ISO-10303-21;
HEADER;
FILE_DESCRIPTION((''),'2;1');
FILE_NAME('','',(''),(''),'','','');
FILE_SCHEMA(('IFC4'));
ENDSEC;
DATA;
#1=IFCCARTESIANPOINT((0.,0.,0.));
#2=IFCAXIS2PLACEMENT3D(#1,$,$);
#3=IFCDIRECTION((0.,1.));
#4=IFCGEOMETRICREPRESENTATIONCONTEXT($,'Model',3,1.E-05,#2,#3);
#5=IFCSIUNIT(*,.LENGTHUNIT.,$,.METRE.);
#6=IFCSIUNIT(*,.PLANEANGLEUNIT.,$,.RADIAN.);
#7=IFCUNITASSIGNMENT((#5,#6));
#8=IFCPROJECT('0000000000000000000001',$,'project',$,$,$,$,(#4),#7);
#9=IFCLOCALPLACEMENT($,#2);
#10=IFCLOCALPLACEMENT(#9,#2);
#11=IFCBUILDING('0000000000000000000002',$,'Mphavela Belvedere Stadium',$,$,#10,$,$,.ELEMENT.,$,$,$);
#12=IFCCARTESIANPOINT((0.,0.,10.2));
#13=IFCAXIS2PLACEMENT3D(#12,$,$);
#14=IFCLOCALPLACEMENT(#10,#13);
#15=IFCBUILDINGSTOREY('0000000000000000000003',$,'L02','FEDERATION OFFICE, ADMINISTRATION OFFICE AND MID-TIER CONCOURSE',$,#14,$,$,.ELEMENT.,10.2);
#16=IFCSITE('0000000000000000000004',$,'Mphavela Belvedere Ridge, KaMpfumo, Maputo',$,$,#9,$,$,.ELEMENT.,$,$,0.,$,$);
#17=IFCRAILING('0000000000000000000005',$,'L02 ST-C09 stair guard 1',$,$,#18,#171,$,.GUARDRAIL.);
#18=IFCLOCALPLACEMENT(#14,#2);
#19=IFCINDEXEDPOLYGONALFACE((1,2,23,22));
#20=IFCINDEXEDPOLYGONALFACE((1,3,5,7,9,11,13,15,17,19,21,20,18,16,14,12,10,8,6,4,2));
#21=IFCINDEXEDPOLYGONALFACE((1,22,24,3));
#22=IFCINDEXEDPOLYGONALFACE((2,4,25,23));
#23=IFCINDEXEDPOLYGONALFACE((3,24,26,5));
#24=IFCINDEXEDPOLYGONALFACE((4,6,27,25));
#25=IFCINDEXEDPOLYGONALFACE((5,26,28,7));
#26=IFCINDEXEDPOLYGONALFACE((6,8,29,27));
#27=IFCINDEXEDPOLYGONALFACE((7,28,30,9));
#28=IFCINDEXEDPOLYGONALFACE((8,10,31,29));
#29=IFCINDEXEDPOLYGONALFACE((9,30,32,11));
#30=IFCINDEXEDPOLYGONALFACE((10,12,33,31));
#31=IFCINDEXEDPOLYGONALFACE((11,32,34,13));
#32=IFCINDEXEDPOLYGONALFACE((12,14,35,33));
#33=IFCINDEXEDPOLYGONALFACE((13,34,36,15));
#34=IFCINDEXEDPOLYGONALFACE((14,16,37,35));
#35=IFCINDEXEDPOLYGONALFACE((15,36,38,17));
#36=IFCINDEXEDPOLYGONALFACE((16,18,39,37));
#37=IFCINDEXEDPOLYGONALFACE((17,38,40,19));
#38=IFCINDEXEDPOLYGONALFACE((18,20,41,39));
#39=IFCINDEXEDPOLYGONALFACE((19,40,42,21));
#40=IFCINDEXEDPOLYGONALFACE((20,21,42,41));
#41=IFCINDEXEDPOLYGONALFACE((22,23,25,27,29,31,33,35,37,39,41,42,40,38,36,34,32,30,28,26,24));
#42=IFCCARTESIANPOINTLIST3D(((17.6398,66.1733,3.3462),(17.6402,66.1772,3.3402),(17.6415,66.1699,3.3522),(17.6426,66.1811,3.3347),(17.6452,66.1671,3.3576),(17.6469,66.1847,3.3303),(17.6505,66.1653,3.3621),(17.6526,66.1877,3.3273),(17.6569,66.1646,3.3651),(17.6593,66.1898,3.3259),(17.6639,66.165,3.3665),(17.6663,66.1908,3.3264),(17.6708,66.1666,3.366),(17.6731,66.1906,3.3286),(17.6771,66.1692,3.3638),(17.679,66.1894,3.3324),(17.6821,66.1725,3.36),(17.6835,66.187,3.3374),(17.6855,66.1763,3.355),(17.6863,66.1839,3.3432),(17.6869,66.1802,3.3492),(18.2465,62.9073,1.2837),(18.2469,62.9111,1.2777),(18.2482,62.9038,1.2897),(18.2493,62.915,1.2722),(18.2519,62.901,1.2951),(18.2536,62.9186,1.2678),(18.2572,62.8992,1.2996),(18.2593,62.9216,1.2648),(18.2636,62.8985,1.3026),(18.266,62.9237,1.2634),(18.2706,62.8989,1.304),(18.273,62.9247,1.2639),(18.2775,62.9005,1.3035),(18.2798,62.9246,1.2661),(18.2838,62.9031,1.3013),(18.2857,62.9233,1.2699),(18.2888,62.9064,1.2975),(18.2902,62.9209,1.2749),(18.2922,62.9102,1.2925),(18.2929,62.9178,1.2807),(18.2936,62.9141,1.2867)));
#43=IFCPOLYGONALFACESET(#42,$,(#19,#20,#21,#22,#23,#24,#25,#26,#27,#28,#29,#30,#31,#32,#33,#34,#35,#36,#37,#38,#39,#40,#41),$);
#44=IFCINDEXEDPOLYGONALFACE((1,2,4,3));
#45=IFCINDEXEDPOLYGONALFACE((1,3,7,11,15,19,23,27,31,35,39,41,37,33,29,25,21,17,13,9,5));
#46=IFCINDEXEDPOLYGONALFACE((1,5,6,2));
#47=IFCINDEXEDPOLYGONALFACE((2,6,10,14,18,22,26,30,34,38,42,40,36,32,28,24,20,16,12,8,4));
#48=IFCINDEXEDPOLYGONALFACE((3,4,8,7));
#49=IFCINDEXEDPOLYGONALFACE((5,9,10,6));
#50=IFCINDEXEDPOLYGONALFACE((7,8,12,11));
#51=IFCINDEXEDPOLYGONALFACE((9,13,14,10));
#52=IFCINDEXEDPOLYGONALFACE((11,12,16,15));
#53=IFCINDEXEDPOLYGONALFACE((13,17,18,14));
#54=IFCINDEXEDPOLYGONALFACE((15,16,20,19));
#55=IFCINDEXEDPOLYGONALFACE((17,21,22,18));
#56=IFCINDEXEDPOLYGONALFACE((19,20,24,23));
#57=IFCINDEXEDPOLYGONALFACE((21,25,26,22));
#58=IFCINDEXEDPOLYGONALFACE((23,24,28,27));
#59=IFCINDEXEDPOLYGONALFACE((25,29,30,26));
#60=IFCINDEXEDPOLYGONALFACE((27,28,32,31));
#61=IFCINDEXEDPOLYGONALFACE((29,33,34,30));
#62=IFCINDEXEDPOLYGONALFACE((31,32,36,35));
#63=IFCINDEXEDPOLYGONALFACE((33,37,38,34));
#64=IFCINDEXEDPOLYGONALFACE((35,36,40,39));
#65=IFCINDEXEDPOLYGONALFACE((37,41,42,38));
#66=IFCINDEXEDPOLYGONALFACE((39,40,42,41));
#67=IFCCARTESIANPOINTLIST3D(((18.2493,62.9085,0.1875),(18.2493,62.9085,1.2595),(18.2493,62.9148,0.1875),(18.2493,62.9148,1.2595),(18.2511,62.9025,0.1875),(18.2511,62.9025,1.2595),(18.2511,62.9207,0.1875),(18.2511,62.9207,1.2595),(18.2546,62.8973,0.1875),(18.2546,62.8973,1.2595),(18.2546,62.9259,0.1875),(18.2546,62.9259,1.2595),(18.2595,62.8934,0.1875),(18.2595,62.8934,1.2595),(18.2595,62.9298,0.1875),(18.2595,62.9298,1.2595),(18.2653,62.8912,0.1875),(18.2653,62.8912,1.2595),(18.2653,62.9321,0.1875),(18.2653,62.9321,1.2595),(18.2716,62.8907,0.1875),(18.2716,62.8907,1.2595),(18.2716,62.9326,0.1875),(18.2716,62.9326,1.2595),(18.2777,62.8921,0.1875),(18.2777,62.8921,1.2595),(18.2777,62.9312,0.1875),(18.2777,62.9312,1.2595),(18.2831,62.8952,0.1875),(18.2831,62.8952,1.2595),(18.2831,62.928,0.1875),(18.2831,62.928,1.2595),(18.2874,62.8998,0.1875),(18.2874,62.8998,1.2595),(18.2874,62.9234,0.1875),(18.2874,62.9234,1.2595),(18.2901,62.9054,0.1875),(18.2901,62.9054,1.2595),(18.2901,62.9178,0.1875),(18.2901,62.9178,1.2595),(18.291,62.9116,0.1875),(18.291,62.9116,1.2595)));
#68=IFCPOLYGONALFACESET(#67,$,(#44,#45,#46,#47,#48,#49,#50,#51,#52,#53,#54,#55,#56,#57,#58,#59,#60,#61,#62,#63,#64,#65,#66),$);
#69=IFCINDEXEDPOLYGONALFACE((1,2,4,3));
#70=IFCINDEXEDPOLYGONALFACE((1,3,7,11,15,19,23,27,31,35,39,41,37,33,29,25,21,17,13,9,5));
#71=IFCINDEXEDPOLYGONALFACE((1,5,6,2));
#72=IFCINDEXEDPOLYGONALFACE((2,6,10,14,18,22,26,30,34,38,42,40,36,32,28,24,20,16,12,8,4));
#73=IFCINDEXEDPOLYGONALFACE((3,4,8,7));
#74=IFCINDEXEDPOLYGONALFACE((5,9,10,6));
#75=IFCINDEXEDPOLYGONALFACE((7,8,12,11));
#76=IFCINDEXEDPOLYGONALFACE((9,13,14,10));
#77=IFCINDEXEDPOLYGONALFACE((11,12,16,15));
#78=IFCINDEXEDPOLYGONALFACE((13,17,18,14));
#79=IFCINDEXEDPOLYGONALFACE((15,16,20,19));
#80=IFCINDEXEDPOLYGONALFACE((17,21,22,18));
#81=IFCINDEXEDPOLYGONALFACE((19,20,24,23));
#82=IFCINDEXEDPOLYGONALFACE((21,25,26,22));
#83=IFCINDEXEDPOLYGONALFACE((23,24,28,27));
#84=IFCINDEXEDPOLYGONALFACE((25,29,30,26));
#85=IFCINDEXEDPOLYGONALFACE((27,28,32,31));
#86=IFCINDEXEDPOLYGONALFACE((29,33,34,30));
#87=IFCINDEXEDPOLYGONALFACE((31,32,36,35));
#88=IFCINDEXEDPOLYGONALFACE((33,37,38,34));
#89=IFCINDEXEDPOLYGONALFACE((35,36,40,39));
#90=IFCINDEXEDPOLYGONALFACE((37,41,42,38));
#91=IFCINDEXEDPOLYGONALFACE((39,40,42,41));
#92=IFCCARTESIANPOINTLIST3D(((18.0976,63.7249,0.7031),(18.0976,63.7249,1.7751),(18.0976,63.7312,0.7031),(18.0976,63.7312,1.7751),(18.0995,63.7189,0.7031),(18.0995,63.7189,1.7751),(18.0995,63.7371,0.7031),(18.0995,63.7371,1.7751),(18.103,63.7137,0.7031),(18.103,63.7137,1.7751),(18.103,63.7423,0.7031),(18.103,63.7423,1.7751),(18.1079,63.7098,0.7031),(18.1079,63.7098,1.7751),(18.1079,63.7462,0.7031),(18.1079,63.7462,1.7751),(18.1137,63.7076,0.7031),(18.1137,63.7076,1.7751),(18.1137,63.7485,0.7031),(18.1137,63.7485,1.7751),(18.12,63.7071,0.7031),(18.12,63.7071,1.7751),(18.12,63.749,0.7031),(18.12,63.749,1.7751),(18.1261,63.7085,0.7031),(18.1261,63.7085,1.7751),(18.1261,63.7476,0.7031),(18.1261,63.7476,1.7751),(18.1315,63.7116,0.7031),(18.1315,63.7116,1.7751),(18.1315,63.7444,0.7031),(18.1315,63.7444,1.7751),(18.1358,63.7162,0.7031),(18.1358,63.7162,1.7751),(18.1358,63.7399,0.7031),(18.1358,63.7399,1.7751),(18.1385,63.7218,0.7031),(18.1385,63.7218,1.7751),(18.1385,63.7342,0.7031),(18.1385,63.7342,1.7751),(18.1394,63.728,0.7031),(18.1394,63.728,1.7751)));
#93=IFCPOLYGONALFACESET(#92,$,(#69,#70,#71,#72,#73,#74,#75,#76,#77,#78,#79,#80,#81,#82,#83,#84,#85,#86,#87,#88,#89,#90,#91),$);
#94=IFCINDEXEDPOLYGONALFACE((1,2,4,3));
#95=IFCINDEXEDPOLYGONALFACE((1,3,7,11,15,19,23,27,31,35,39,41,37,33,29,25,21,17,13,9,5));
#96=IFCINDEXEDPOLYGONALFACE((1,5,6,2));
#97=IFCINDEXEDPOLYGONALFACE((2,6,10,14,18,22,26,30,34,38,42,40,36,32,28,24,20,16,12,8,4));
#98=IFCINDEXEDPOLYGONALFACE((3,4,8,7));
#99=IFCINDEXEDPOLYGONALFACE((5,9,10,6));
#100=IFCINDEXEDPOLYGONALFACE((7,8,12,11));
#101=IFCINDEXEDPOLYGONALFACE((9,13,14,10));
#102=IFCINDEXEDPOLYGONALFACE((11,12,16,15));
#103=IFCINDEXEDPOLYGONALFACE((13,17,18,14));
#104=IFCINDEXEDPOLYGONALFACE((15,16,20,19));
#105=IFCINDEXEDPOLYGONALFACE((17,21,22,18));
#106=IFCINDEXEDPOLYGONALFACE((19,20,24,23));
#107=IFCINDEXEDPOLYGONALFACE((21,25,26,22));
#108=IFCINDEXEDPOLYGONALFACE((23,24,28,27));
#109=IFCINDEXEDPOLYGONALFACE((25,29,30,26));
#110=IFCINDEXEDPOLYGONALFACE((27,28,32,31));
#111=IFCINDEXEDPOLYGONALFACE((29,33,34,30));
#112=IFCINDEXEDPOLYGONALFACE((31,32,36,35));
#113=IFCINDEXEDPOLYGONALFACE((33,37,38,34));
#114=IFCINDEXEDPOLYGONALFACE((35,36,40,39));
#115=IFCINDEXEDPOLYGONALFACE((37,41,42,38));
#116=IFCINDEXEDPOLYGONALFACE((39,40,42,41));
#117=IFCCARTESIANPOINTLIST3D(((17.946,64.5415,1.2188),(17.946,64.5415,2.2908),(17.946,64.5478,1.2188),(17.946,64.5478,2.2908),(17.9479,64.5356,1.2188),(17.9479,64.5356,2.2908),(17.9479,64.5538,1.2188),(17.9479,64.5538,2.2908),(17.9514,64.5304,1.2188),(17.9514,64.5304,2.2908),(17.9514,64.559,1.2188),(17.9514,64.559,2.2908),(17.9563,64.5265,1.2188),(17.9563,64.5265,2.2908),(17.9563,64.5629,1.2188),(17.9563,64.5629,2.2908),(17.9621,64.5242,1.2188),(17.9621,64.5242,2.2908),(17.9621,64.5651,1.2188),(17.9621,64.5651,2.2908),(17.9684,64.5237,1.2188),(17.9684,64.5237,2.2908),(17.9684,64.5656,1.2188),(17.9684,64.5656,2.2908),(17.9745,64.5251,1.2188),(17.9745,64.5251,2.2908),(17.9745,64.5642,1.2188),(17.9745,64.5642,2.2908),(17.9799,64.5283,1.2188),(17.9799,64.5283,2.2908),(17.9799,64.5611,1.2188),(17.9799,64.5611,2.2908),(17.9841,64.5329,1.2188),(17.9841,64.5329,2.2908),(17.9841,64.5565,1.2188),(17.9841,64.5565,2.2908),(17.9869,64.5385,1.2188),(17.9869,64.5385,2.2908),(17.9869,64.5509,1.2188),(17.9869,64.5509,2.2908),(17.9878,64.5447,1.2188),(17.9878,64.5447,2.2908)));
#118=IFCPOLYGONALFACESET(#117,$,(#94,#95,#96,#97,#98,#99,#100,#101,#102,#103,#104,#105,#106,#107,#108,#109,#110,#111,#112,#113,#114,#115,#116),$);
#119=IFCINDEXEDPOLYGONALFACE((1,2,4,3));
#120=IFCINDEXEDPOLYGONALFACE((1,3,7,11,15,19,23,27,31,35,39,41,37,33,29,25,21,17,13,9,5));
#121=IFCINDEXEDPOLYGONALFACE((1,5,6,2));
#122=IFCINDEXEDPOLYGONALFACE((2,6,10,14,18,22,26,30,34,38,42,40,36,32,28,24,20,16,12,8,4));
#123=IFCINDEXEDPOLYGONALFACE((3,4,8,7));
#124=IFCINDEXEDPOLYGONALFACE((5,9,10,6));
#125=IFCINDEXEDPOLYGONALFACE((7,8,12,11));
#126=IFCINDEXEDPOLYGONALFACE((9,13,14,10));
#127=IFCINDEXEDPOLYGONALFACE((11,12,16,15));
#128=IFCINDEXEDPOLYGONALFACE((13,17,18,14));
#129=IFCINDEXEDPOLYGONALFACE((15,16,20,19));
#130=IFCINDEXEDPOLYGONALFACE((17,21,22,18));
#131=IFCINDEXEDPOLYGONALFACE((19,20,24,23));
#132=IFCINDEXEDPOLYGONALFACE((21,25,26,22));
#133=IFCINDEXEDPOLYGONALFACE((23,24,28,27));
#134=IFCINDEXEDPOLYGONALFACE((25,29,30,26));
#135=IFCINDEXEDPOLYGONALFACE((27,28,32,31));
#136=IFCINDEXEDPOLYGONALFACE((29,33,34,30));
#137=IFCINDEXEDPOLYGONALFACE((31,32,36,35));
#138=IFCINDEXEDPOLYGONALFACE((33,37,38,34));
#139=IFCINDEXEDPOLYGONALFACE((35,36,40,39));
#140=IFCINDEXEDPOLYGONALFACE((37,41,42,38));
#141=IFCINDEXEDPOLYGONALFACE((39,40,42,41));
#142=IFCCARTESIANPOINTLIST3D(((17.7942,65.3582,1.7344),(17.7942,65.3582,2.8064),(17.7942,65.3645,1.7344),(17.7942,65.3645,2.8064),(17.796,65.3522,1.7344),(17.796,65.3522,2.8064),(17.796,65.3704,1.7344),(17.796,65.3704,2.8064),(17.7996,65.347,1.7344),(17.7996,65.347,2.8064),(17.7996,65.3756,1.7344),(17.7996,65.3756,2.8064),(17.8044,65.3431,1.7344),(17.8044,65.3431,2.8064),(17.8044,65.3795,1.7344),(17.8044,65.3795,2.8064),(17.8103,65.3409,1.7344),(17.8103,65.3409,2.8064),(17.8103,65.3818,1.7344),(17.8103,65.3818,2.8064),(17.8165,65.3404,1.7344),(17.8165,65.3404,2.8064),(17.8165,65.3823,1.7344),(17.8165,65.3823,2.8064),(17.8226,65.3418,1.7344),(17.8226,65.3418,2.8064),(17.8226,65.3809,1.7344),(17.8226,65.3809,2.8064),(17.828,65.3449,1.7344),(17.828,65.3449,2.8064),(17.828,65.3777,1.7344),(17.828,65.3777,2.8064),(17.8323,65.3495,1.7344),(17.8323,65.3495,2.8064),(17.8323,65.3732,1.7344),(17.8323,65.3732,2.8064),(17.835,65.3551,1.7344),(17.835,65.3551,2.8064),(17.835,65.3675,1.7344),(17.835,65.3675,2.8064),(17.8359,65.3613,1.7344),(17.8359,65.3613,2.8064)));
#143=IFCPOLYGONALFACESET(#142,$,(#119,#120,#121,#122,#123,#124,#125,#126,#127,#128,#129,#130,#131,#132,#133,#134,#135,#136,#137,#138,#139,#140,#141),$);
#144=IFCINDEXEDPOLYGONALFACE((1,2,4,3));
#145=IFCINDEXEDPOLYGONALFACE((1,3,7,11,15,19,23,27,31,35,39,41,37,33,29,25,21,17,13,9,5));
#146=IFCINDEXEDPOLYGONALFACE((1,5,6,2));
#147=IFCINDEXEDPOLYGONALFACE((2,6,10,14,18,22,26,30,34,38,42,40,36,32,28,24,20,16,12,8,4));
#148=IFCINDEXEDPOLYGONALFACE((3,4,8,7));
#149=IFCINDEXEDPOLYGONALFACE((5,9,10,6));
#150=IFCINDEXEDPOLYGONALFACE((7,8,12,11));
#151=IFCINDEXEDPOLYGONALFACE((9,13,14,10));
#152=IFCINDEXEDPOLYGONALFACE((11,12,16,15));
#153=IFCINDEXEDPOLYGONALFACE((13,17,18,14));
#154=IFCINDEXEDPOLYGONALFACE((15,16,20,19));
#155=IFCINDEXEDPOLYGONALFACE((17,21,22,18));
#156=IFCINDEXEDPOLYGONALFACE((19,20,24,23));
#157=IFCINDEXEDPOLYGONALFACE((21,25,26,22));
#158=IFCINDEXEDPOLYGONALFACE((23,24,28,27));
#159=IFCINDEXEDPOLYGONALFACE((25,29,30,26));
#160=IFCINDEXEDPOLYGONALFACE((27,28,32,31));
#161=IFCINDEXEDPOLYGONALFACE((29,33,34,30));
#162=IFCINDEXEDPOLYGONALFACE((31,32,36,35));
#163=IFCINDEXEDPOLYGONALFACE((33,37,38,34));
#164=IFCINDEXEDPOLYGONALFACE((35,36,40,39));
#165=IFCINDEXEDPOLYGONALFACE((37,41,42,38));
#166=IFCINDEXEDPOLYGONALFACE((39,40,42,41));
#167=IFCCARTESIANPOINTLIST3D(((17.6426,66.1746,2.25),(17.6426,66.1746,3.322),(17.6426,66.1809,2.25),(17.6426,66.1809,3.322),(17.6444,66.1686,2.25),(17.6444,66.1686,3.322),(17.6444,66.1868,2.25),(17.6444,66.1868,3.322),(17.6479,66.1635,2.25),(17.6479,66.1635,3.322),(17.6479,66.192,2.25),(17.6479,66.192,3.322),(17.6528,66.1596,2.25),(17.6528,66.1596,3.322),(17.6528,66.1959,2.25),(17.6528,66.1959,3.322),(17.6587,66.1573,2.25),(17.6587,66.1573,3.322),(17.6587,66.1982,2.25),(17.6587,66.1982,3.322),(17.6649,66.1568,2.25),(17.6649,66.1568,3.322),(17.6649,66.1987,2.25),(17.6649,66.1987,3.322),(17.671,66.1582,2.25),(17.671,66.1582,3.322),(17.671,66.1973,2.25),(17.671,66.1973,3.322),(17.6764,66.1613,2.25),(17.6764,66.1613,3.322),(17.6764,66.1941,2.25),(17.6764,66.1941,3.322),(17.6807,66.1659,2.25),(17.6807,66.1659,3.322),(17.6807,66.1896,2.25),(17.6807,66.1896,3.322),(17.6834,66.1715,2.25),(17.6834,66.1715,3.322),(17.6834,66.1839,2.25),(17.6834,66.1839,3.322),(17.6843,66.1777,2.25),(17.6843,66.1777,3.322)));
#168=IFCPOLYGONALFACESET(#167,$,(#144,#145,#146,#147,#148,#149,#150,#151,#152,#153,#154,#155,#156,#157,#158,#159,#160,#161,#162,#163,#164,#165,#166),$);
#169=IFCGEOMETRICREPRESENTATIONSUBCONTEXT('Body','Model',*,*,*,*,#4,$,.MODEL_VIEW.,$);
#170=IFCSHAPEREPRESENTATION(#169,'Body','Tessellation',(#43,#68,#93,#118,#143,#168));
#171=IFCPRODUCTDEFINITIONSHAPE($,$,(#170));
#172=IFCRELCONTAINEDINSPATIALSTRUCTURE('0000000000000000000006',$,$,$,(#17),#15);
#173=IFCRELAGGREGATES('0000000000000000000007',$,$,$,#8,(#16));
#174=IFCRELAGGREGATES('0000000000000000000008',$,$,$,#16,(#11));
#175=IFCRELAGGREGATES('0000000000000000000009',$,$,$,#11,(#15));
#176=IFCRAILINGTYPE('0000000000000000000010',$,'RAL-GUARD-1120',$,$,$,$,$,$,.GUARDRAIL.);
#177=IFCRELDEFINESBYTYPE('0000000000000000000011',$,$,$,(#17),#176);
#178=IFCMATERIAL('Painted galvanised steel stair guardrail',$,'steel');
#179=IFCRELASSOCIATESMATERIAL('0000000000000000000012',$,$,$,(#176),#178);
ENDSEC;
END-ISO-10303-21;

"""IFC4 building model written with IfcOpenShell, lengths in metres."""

from ifc_helpers import new_model, si_unit, direction, frame, origin, origin_2d, place, context, subcontext, project, spatial, circle, extrude, material, type_object, element, save


model = new_model("IFC4")

# Units and contexts
model_context = context("Model", 3, precision=1e-05, world=origin(), true_north=direction((0.0, 1.0)))
body_context = subcontext(model_context, "Body", "Model", "MODEL_VIEW")
ifc_project = project(units=[si_unit("LENGTHUNIT", "METRE"), si_unit("PLANEANGLEUNIT", "RADIAN")], contexts=[model_context])

# Site, building, storey
site_placement = place(None, origin())
site = spatial("IfcSite", under=ifc_project, at=site_placement, Name="Mphavela Belvedere Ridge, KaMpfumo, Maputo", CompositionType="ELEMENT", RefElevation=0.0)
building_placement = place(site_placement, origin())
building = spatial("IfcBuilding", under=site, at=building_placement, Name="Mphavela Belvedere Stadium", CompositionType="ELEMENT")
storey_placement = place(building_placement, frame((0.0, 0.0, 10.2)))
storey = spatial("IfcBuildingStorey", under=building, at=storey_placement, Name="L02", Description="FEDERATION OFFICE, ADMINISTRATION OFFICE AND MID-TIER CONCOURSE", CompositionType="ELEMENT", Elevation=10.2)

# Railing
ifc_material_1 = material(Name="Painted galvanised steel stair guardrail", Category="steel")
railing_type_1 = type_object("IfcRailingType", Name="RAL-GUARD-1120", PredefinedType="GUARDRAIL", material=ifc_material_1)
railing_1_placement = place(storey_placement, frame((18.27, 62.9116, 0.1875)))
element("IfcRailing", 1, at=railing_1_placement, inside=storey, type_object=railing_type_1, Name="L02 ST-C09 stair guard 1", PredefinedType="GUARDRAIL", context=body_context, shape_type="SweptSolid", body=[
    extrude(circle(Radius=0.0239, at=origin_2d()), frame((0.0, 0.0, 1.0962), z_axis=(-0.155157, 0.835286, 0.52747), x_axis=(-0.983182, -0.182629, 0.0)), (0.0, 0.0, 1.0), 3.9102),
    extrude(circle(Radius=0.021, at=origin_2d()), origin(), (0.0, 0.0, 1.0), 1.072),
    extrude(circle(Radius=0.021, at=origin_2d()), frame((-0.1516, 0.8164, 0.5156)), (0.0, 0.0, 1.0), 1.072),
    extrude(circle(Radius=0.021, at=origin_2d()), frame((-0.3032, 1.6331, 1.0312)), (0.0, 0.0, 1.0), 1.072),
    extrude(circle(Radius=0.021, at=origin_2d()), frame((-0.4551, 2.4497, 1.5469)), (0.0, 0.0, 1.0), 1.072),
    extrude(circle(Radius=0.021, at=origin_2d()), frame((-0.6067, 3.2661, 2.0625)), (0.0, 0.0, 1.0), 1.072),
])

save(model, "model.ifc")
